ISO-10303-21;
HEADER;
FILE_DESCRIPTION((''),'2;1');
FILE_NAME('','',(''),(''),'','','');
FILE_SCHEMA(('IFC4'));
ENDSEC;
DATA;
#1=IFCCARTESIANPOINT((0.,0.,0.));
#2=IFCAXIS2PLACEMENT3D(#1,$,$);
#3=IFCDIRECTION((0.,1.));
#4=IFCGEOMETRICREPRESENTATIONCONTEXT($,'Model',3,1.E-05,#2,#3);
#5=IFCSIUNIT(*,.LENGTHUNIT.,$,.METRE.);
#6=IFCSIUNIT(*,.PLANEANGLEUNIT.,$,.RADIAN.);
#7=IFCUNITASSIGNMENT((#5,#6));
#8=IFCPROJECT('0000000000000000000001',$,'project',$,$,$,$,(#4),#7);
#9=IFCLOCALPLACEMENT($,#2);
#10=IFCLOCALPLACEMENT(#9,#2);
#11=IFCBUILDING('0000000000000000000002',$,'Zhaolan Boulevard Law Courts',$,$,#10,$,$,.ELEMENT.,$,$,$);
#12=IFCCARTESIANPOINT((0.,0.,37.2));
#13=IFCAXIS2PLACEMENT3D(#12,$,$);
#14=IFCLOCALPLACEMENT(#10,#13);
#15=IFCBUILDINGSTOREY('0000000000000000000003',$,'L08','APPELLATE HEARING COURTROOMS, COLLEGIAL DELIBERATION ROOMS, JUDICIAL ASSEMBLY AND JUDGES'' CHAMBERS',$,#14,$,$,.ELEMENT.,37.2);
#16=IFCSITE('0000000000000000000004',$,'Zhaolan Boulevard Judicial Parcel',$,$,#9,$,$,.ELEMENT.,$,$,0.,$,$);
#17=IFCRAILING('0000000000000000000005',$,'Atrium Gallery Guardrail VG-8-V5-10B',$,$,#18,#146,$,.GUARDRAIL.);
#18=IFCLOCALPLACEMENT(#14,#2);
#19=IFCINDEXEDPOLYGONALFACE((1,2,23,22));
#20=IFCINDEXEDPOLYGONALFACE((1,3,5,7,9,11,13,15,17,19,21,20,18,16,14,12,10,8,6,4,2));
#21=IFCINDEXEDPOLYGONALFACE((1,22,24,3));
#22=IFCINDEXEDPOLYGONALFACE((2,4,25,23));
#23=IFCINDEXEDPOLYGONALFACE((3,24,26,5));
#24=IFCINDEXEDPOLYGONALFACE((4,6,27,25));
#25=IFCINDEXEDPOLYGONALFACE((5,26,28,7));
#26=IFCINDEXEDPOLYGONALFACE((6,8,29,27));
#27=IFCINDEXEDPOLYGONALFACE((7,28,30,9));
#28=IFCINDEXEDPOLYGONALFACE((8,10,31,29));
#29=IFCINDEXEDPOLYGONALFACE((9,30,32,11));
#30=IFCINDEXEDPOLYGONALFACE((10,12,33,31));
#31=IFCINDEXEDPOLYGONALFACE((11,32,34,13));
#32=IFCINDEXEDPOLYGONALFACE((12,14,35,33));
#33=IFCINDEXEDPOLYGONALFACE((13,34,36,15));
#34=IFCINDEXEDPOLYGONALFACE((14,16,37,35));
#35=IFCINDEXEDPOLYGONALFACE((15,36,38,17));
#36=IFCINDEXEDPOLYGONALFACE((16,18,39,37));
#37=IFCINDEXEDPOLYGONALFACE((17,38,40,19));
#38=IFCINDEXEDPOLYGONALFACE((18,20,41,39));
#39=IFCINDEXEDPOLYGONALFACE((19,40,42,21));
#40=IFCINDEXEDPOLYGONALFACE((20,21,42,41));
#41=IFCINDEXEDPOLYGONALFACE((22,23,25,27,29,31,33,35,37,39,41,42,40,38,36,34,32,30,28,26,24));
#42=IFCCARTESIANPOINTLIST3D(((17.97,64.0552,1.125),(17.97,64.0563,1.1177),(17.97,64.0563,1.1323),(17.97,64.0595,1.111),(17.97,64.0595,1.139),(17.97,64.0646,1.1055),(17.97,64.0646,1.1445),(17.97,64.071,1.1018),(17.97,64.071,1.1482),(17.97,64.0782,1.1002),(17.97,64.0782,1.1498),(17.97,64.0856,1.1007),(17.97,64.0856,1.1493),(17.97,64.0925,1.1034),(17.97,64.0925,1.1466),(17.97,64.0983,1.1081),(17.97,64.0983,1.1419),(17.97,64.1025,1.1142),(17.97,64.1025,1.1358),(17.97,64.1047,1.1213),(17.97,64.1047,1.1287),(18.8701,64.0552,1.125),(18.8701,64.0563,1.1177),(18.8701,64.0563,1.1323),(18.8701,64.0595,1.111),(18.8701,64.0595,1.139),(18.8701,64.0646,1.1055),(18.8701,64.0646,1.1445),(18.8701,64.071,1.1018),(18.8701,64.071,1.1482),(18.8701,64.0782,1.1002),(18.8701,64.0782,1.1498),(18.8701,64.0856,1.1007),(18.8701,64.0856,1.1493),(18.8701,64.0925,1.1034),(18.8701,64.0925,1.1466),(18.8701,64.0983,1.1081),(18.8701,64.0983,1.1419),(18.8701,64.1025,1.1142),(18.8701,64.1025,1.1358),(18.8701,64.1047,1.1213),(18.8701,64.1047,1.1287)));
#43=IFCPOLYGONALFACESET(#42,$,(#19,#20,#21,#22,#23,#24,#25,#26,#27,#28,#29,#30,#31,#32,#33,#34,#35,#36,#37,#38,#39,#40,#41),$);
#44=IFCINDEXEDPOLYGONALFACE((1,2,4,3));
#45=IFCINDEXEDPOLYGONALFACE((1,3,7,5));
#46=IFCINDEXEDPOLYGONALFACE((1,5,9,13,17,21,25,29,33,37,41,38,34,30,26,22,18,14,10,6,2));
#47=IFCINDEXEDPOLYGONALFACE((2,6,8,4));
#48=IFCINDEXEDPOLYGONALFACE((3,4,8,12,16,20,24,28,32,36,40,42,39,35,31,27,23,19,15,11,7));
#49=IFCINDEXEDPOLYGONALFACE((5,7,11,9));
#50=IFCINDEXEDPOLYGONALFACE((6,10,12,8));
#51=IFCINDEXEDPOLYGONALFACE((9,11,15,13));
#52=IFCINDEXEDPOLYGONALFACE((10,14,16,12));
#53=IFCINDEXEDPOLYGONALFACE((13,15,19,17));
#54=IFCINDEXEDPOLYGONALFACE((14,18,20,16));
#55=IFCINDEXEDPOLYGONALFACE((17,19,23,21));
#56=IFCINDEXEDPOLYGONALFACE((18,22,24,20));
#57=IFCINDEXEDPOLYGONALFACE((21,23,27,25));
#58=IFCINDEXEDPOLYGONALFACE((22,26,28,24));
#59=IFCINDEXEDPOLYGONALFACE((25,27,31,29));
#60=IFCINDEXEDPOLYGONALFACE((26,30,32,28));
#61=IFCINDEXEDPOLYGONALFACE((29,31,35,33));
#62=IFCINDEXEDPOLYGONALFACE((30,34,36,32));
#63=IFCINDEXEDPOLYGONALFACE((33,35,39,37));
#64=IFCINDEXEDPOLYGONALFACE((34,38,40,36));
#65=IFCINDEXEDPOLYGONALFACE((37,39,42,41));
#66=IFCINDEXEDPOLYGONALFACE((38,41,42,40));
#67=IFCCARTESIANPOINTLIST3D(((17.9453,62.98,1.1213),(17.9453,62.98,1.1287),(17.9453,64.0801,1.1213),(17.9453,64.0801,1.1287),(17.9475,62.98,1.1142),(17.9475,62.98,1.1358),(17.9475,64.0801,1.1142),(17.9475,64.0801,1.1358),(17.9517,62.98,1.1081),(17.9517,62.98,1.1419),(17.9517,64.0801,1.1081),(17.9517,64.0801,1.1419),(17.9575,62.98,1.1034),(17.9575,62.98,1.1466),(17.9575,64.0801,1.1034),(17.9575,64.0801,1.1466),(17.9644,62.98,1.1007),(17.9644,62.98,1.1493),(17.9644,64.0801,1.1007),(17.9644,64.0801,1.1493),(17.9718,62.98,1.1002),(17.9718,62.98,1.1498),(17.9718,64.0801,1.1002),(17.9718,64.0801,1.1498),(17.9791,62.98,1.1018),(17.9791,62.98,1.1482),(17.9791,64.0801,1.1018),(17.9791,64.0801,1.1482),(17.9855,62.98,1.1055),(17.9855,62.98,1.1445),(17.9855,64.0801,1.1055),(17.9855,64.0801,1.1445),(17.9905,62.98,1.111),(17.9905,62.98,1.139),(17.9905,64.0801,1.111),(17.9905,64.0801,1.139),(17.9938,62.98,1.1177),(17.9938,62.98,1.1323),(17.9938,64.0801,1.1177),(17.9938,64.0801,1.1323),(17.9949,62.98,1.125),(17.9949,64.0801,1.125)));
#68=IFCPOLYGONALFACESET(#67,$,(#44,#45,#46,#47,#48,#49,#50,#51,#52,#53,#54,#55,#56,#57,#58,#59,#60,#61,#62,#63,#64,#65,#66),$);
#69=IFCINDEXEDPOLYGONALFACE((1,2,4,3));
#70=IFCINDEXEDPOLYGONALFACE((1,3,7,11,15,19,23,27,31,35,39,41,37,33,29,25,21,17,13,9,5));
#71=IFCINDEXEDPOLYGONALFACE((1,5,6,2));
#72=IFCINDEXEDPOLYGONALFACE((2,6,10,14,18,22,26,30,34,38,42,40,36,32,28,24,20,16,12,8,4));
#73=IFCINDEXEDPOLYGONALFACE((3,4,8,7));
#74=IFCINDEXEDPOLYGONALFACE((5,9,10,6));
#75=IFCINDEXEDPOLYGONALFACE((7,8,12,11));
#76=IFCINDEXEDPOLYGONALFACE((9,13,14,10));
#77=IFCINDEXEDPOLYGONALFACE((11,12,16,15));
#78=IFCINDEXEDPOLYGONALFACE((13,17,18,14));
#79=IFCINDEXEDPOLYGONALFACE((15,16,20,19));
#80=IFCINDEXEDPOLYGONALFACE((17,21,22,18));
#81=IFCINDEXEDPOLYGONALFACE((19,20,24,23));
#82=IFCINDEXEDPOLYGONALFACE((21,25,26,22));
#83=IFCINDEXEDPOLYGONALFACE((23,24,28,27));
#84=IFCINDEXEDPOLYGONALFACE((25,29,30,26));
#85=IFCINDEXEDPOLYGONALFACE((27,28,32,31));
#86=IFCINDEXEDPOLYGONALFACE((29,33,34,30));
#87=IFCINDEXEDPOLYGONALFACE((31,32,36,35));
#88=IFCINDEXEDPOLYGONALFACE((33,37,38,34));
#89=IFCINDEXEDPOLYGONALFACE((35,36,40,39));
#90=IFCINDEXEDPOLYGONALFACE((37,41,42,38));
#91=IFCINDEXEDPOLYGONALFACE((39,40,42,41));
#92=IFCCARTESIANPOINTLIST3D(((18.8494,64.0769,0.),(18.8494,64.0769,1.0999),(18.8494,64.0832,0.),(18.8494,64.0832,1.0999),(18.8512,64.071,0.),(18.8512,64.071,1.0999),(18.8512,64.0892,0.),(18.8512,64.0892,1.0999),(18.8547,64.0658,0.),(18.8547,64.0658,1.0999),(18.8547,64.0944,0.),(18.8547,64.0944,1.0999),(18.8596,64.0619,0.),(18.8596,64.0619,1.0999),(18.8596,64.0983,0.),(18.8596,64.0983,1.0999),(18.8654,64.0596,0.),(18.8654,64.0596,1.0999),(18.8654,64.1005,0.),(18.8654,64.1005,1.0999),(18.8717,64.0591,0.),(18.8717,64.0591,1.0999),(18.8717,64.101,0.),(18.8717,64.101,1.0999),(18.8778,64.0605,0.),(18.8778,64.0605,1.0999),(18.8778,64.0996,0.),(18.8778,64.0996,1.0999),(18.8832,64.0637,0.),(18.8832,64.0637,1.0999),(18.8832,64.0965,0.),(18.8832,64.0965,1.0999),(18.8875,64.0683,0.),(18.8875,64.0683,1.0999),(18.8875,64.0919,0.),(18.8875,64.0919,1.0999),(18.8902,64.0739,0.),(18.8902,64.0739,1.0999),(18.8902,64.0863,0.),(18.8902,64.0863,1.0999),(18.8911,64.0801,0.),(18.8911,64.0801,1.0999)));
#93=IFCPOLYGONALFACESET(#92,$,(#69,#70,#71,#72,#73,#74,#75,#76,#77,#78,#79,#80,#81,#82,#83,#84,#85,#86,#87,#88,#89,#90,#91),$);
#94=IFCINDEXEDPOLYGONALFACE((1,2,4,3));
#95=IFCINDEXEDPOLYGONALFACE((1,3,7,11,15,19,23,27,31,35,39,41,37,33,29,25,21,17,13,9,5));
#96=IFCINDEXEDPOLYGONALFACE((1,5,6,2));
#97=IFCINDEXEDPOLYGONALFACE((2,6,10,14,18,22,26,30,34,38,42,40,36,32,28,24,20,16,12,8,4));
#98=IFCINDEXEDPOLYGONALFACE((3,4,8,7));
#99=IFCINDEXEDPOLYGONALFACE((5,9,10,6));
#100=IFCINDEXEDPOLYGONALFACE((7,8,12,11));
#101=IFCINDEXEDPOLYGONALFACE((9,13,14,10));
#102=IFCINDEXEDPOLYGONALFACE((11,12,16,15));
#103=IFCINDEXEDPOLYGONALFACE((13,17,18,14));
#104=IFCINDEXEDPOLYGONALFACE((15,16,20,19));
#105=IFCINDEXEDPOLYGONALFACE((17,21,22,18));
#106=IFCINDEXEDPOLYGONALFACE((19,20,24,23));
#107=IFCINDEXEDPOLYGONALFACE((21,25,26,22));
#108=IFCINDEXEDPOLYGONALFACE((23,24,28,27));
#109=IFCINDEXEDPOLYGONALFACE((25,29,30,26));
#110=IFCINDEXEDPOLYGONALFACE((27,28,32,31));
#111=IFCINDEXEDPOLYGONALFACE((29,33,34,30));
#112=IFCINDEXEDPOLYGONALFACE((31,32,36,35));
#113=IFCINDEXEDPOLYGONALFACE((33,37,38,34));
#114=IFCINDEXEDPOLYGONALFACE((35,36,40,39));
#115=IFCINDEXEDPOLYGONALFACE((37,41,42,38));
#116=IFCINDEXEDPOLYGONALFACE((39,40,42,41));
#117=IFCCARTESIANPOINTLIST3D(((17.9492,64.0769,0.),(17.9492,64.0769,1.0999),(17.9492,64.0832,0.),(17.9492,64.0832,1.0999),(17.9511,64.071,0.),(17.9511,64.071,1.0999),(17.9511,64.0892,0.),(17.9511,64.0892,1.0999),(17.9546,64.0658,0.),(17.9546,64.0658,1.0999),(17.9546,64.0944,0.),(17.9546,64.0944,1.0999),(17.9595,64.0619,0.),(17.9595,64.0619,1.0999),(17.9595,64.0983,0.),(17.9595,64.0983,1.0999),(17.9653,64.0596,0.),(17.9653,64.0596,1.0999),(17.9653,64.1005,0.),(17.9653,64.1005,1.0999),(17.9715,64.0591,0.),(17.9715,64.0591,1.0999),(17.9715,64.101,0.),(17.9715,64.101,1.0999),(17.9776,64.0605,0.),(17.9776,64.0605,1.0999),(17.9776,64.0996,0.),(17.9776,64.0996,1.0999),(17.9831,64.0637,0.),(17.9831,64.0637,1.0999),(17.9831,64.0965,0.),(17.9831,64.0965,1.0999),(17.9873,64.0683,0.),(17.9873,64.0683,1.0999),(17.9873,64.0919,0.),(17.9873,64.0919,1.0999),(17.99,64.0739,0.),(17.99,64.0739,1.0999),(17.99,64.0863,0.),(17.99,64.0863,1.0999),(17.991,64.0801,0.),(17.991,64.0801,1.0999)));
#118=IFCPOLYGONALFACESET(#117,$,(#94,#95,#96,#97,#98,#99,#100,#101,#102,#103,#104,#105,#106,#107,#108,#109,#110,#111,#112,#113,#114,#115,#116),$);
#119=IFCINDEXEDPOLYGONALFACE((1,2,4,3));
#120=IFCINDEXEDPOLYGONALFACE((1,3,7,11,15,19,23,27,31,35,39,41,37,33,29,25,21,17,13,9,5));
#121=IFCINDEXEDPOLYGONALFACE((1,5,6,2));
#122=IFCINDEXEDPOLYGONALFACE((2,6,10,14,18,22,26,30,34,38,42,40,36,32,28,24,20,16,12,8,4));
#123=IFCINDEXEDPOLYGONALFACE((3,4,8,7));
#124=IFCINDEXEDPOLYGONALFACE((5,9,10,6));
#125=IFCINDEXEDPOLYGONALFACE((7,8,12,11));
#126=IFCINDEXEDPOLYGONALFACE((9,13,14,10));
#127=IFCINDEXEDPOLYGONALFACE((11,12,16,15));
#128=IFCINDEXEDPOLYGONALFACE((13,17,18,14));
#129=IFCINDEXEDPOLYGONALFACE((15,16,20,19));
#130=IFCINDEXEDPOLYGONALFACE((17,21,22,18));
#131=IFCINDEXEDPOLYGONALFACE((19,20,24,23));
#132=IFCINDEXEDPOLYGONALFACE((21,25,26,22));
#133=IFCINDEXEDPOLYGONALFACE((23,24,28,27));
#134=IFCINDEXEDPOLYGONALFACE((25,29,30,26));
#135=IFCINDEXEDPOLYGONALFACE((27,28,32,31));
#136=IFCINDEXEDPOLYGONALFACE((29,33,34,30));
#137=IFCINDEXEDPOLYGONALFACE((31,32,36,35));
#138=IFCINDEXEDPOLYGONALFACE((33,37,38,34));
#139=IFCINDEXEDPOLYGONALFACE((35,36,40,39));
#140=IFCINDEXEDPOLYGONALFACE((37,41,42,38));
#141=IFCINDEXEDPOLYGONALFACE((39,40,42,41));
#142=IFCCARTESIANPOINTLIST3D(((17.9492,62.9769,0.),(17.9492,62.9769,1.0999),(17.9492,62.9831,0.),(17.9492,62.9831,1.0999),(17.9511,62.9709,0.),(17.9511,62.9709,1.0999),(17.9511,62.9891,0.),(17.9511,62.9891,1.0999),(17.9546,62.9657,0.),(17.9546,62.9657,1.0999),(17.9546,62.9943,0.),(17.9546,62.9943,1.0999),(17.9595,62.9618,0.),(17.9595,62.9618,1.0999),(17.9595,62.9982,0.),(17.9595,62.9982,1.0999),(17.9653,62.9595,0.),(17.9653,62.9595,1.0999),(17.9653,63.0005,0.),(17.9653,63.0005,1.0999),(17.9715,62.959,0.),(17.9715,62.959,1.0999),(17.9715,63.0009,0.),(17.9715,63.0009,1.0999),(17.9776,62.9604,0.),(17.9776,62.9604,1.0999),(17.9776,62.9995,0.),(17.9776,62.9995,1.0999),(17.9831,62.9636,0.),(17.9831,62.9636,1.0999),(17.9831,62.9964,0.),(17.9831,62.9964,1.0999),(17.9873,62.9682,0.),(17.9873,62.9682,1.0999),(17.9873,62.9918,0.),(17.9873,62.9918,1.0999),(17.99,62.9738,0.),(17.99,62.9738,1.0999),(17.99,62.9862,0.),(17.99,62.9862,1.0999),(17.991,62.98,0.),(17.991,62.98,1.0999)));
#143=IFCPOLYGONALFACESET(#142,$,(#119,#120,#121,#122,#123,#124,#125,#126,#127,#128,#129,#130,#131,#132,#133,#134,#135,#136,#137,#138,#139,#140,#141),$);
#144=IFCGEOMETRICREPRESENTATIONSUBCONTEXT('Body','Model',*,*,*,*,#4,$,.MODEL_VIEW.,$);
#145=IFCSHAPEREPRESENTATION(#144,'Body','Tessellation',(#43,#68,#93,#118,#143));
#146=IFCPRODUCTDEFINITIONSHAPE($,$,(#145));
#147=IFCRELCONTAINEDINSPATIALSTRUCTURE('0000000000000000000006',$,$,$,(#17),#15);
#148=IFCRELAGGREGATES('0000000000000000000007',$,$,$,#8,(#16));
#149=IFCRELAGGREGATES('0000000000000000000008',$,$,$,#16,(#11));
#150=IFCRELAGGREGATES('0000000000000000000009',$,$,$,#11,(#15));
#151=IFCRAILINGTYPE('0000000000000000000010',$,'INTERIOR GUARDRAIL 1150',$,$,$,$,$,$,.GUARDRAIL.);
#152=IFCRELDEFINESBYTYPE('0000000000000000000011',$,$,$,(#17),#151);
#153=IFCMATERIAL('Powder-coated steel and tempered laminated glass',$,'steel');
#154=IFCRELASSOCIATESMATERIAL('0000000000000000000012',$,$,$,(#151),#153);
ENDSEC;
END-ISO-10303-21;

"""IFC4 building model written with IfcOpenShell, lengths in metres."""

from ifc_helpers import new_model, si_unit, direction, frame, origin, origin_2d, place, context, subcontext, project, spatial, circle, extrude, material, type_object, element, save


model = new_model("IFC4")

# Units and contexts
model_context = context("Model", 3, precision=1e-05, world=origin(), true_north=direction((0.0, 1.0)))
body_context = subcontext(model_context, "Body", "Model", "MODEL_VIEW")
ifc_project = project(units=[si_unit("LENGTHUNIT", "METRE"), si_unit("PLANEANGLEUNIT", "RADIAN")], contexts=[model_context])

# Site, building, storey
site_placement = place(None, origin())
site = spatial("IfcSite", under=ifc_project, at=site_placement, Name="Zhaolan Boulevard Judicial Parcel", CompositionType="ELEMENT", RefElevation=0.0)
building_placement = place(site_placement, origin())
building = spatial("IfcBuilding", under=site, at=building_placement, Name="Zhaolan Boulevard Law Courts", CompositionType="ELEMENT")
storey_placement = place(building_placement, frame((0.0, 0.0, 37.2)))
storey = spatial("IfcBuildingStorey", under=building, at=storey_placement, Name="L08", Description="APPELLATE HEARING COURTROOMS, COLLEGIAL DELIBERATION ROOMS, JUDICIAL ASSEMBLY AND JUDGES' CHAMBERS", CompositionType="ELEMENT", Elevation=37.2)

# Railing
ifc_material_1 = material(Name="Powder-coated steel and tempered laminated glass", Category="steel")
railing_type_1 = type_object("IfcRailingType", Name="INTERIOR GUARDRAIL 1150", PredefinedType="GUARDRAIL", material=ifc_material_1)
railing_1_placement = place(storey_placement, frame((18.8701, 64.0801, 0.0)))
element("IfcRailing", 1, at=railing_1_placement, inside=storey, type_object=railing_type_1, Name="Atrium Gallery Guardrail VG-8-V5-10B", PredefinedType="GUARDRAIL", context=body_context, shape_type="SweptSolid", body=[
    extrude(circle(Radius=0.0249, at=origin_2d()), frame((0.0, 0.0, 1.125), z_axis=(-1.0, 0.0, 0.0), x_axis=(0.0, -1.0, 0.0)), (0.0, 0.0, 1.0), 0.9001),
    extrude(circle(Radius=0.0249, at=origin_2d()), frame((-0.9001, 0.0, 1.125), z_axis=(0.0, -1.0, 0.0), x_axis=(1.0, 0.0, 0.0)), (0.0, 0.0, 1.0), 1.1001),
    extrude(circle(Radius=0.021, at=origin_2d()), origin(), (0.0, 0.0, 1.0), 1.0999),
    extrude(circle(Radius=0.021, at=origin_2d()), frame((-0.9001, 0.0, 0.0)), (0.0, 0.0, 1.0), 1.0999),
    extrude(circle(Radius=0.021, at=origin_2d()), frame((-0.9001, -1.1001, 0.0)), (0.0, 0.0, 1.0), 1.0999),
])

save(model, "model.ifc")
